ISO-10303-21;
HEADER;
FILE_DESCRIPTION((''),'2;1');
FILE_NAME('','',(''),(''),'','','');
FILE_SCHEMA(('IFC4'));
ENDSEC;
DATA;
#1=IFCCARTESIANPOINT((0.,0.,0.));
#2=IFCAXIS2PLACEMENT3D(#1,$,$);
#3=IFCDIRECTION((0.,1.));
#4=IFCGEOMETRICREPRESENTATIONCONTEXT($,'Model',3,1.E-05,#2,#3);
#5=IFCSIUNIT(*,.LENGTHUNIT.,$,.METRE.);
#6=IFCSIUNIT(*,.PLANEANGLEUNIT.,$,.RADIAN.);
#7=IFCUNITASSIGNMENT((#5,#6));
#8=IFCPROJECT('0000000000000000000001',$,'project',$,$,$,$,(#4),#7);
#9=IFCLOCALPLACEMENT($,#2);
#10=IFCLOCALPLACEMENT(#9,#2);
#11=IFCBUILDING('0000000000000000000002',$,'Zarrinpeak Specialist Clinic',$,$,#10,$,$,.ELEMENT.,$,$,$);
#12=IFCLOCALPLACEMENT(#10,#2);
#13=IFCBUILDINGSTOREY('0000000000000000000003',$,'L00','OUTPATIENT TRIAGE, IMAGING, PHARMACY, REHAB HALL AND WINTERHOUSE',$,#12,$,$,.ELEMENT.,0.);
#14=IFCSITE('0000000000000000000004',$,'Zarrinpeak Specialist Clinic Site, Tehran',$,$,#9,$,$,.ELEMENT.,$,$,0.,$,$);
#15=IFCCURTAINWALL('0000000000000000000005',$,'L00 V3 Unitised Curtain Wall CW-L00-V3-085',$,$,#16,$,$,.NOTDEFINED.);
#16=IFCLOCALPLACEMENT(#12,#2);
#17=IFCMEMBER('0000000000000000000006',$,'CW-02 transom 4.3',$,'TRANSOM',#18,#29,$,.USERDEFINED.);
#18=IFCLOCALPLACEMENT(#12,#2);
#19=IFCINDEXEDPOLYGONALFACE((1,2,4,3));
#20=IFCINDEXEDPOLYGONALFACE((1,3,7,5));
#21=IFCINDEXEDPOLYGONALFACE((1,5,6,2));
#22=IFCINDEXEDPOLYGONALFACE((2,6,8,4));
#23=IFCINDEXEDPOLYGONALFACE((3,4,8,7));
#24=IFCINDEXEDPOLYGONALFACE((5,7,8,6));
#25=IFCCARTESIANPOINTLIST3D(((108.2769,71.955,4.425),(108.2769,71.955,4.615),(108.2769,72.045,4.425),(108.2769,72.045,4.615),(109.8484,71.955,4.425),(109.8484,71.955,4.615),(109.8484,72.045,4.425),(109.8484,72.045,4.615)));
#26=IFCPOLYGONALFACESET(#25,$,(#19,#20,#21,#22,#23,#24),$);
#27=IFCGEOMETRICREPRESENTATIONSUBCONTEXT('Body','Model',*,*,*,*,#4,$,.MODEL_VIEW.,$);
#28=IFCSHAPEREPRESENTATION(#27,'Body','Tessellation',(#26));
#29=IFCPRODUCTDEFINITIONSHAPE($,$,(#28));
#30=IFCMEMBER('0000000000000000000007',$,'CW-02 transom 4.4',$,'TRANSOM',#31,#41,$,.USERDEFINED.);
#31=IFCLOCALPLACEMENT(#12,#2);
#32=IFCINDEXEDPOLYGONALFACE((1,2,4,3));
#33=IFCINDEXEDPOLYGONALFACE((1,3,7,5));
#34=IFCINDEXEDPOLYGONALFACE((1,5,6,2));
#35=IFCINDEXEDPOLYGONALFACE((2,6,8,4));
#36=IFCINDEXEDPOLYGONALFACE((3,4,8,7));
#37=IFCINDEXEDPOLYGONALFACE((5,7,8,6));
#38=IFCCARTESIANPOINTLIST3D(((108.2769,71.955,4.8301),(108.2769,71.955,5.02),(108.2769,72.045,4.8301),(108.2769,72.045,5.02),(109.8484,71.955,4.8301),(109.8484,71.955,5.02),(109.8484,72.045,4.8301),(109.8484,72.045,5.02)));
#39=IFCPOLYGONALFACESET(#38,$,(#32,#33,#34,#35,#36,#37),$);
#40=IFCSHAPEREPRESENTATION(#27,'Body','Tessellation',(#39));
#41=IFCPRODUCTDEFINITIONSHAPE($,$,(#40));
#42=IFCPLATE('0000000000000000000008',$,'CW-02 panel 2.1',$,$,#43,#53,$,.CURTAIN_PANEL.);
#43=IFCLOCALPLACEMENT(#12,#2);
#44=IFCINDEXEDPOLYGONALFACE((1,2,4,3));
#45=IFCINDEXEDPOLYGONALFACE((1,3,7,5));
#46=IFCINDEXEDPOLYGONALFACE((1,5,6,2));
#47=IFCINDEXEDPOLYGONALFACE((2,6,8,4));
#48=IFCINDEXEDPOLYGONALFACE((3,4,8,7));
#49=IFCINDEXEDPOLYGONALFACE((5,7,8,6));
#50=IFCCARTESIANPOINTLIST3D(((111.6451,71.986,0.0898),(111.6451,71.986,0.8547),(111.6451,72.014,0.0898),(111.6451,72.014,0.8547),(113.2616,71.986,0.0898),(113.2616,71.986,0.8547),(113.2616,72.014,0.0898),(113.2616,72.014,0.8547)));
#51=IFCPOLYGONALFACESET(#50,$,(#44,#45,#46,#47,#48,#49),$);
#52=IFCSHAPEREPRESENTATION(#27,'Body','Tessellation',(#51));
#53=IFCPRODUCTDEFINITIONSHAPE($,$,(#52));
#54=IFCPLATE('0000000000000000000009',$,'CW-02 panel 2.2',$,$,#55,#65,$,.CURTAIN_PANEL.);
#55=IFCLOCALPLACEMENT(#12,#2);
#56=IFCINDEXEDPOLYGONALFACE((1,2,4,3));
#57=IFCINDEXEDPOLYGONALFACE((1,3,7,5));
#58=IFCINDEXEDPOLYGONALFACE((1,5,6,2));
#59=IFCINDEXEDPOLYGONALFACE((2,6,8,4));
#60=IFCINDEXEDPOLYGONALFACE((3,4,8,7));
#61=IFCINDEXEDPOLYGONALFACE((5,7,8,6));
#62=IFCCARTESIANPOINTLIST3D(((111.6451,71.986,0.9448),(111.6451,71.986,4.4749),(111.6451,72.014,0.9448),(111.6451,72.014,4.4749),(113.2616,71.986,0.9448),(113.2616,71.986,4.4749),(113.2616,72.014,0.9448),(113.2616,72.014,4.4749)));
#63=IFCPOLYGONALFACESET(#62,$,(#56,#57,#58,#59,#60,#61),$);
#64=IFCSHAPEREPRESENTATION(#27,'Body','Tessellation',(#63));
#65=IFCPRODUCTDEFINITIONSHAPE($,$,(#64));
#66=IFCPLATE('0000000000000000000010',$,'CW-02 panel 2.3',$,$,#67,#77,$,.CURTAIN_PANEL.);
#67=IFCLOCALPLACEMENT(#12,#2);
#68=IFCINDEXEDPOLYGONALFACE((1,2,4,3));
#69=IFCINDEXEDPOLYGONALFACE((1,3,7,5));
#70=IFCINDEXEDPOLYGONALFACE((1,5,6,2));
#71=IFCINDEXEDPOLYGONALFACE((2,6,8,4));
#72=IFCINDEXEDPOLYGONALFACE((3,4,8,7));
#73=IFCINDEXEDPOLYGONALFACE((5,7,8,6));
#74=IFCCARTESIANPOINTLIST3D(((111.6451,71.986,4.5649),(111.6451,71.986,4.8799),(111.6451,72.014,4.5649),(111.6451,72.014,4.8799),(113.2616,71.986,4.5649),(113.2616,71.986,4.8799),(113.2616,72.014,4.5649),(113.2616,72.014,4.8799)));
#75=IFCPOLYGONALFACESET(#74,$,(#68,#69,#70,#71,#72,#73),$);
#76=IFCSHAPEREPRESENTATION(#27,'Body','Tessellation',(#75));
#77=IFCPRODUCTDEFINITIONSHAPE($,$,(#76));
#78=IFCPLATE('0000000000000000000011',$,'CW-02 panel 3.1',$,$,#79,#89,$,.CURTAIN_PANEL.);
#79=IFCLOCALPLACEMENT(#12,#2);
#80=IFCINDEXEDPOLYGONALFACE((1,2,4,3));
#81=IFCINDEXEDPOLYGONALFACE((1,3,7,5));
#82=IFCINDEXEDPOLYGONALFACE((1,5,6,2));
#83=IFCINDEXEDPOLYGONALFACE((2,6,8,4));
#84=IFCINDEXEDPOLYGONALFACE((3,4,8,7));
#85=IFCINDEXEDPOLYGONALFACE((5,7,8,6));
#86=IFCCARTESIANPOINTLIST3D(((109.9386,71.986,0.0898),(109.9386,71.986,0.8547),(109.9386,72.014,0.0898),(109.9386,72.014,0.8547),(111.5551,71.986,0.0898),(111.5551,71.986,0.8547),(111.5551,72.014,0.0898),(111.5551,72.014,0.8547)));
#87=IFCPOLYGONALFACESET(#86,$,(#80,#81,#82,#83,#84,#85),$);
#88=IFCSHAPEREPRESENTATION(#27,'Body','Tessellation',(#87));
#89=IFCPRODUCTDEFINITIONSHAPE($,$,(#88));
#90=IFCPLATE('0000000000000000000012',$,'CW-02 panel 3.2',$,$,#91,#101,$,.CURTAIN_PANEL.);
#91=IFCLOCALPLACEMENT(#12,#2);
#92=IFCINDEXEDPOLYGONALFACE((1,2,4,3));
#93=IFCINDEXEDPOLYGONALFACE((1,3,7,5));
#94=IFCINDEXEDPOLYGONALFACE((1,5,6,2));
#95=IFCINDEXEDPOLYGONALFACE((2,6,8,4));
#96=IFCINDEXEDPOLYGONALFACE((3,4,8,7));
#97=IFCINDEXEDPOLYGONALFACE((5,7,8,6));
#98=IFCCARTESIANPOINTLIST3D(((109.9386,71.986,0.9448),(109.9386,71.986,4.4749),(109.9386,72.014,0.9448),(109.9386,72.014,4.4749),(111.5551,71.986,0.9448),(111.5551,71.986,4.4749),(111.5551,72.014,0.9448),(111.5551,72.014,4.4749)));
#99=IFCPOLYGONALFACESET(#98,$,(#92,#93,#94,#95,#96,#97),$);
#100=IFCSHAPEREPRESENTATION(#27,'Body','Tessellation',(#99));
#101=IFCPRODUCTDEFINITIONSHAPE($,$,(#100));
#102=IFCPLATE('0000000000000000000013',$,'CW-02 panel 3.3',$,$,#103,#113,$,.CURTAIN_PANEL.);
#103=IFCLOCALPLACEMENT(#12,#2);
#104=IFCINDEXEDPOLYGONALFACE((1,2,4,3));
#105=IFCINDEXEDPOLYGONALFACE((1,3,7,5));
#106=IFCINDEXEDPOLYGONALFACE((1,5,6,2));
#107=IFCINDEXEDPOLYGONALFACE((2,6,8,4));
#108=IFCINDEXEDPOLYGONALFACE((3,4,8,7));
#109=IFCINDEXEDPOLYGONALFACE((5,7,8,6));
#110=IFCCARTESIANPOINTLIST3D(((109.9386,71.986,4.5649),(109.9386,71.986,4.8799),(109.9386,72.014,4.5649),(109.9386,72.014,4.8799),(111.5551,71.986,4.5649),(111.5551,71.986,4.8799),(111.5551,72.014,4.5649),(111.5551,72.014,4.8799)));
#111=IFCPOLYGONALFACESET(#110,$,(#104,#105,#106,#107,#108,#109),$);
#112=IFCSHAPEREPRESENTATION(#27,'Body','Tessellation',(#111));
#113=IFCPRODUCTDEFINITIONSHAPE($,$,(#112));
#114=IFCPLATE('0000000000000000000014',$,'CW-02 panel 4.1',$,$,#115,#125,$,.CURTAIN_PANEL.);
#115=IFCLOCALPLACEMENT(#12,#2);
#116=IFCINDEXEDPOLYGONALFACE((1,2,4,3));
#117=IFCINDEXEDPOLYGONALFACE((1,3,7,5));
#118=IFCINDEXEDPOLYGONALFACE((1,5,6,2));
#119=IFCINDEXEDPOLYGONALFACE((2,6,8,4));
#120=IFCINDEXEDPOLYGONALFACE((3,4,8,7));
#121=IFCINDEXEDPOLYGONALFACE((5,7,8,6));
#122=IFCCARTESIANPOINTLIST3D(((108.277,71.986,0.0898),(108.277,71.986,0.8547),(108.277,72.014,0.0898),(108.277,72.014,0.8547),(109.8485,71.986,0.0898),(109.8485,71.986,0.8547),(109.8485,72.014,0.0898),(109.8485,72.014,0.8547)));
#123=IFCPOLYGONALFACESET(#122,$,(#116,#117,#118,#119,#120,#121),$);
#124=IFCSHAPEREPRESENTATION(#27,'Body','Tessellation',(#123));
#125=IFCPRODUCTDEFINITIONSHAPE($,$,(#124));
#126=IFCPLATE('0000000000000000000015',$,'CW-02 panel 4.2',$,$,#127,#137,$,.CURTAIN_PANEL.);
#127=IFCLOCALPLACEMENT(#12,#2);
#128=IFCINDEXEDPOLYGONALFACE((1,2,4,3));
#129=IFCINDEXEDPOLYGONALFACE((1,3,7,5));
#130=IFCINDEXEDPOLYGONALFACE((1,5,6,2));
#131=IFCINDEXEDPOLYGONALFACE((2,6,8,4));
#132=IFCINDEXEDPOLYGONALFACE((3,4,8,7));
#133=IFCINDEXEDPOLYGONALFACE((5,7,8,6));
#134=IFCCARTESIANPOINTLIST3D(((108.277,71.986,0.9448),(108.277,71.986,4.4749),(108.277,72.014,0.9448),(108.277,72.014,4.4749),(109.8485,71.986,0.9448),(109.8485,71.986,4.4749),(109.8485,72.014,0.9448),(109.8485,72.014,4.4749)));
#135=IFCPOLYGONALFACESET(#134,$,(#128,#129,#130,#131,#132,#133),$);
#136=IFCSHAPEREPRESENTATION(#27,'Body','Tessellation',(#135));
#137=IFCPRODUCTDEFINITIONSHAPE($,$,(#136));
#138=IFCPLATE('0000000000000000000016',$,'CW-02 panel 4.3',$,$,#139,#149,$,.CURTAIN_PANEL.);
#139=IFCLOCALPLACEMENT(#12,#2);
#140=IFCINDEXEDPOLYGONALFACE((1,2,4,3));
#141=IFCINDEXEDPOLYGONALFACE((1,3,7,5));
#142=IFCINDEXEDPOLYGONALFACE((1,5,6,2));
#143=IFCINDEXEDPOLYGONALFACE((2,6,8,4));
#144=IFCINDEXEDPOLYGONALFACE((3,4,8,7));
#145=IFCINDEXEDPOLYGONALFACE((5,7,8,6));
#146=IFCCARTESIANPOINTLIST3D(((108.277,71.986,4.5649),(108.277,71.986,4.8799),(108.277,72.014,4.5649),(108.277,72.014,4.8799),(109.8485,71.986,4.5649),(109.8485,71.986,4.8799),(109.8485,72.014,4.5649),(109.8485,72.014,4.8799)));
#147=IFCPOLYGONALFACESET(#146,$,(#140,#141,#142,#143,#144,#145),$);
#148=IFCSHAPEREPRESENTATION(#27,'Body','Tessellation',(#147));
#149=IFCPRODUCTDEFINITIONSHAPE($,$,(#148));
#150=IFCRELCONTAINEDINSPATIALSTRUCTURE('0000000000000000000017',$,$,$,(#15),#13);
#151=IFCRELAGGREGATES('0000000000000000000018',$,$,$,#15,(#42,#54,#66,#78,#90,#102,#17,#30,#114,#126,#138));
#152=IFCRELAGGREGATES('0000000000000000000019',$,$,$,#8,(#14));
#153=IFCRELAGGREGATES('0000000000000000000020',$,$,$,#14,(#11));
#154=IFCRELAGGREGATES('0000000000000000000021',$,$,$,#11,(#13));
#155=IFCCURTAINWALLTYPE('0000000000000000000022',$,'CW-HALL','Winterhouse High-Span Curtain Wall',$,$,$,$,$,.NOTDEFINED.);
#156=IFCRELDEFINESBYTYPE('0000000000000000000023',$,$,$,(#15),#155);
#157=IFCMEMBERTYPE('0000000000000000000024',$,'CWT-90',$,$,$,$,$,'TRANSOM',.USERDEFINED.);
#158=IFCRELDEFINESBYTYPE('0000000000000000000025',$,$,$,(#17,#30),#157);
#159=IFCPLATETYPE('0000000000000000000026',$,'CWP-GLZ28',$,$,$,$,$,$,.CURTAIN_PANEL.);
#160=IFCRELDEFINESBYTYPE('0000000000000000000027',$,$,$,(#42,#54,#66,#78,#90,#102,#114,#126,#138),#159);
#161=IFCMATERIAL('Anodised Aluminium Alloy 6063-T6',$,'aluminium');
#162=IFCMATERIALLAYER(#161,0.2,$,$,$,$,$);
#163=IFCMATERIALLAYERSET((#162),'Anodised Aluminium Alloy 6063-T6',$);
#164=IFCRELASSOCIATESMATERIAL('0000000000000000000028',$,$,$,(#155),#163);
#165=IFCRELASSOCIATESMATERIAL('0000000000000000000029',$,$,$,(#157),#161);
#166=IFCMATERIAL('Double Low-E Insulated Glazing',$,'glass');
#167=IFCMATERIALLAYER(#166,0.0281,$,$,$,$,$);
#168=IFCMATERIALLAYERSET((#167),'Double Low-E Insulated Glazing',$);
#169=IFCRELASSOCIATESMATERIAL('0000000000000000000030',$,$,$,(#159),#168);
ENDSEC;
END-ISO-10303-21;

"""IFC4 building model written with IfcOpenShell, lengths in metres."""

from ifc_helpers import new_model, si_unit, direction, frame, origin, origin_2d, place, context, subcontext, project, spatial, rectangle, extrude, material, layer, layer_set, material_profile, profile_set, type_object, element, aggregate, save


model = new_model("IFC4")

# Units and contexts
model_context = context("Model", 3, precision=1e-05, world=origin(), true_north=direction((0.0, 1.0)))
body_context = subcontext(model_context, "Body", "Model", "MODEL_VIEW")
ifc_project = project(units=[si_unit("LENGTHUNIT", "METRE"), si_unit("PLANEANGLEUNIT", "RADIAN")], contexts=[model_context])

# Site, building, storey
site_placement = place(None, origin())
site = spatial("IfcSite", under=ifc_project, at=site_placement, Name="Zarrinpeak Specialist Clinic Site, Tehran", CompositionType="ELEMENT", RefElevation=0.0)
building_placement = place(site_placement, origin())
building = spatial("IfcBuilding", under=site, at=building_placement, Name="Zarrinpeak Specialist Clinic", CompositionType="ELEMENT")
storey_placement = place(building_placement, origin())
storey = spatial("IfcBuildingStorey", under=building, at=storey_placement, Name="L00", Description="OUTPATIENT TRIAGE, IMAGING, PHARMACY, REHAB HALL AND WINTERHOUSE", CompositionType="ELEMENT", Elevation=0.0)

# Curtain wall, members, plates
ifc_material_1 = material(Name="Anodised Aluminium Alloy 6063-T6", Category="aluminium")
ifc_layer_1 = layer(ifc_material_1, 0.2)
ifc_layer_set_1 = layer_set([ifc_layer_1], Name="Anodised Aluminium Alloy 6063-T6")
curtain_wall_type = type_object("IfcCurtainWallType", Name="CW-HALL", Description="Winterhouse High-Span Curtain Wall", PredefinedType="NOTDEFINED", material=ifc_layer_set_1)
curtain_wall_placement = place(storey_placement, origin())
curtain_wall = element("IfcCurtainWall", 1, at=curtain_wall_placement, inside=storey, type_object=curtain_wall_type, Name="L00 V3 Unitised Curtain Wall CW-L00-V3-085", PredefinedType="NOTDEFINED")
ifc_material_profile_1 = material_profile(ifc_material_1, rectangle(XDim=0.0901, YDim=0.1899, at=origin_2d()), Name="ALU 90x190")
ifc_profile_set_1 = profile_set([ifc_material_profile_1], Name="Anodised Aluminium Alloy 6063-T6")
member_type_1 = type_object("IfcMemberType", Name="CWT-90", ElementType="TRANSOM", PredefinedType="USERDEFINED", material=ifc_profile_set_1)
member_1_placement = place(storey_placement, frame((109.8484, 72.0, 4.52), z_axis=(-1.0, 0.0, 0.0), x_axis=(0.0, -1.0, 0.0)))
member_1 = element("IfcMember", 2, at=member_1_placement, type_object=member_type_1, Name="CW-02 transom 4.3", ObjectType="TRANSOM", PredefinedType="USERDEFINED", context=body_context, shape_type="SweptSolid", body=[
    extrude(rectangle(XDim=0.0901, YDim=0.1899, at=origin_2d()), origin(), (0.0, 0.0, 1.0), 1.5715),
])
member_2_placement = place(storey_placement, frame((109.8484, 72.0, 4.925), z_axis=(-1.0, 0.0, 0.0), x_axis=(0.0, -1.0, 0.0)))
member_2 = element("IfcMember", 3, at=member_2_placement, type_object=member_type_1, Name="CW-02 transom 4.4", ObjectType="TRANSOM", PredefinedType="USERDEFINED", context=body_context, shape_type="SweptSolid", body=[
    extrude(rectangle(XDim=0.0901, YDim=0.1899, at=origin_2d()), origin(), (0.0, 0.0, 1.0), 1.5715),
])
ifc_material_2 = material(Name="Double Low-E Insulated Glazing", Category="glass")
ifc_layer_2 = layer(ifc_material_2, 0.0281)
ifc_layer_set_2 = layer_set([ifc_layer_2], Name="Double Low-E Insulated Glazing")
plate_type = type_object("IfcPlateType", Name="CWP-GLZ28", PredefinedType="CURTAIN_PANEL", material=ifc_layer_set_2)
plate_1_placement = place(storey_placement, frame((112.4534, 72.0, 0.0898), z_axis=(0.0, 0.0, 1.0), x_axis=(-1.0, 0.0, 0.0)))
plate_1 = element("IfcPlate", 4, at=plate_1_placement, type_object=plate_type, Name="CW-02 panel 2.1", PredefinedType="CURTAIN_PANEL", context=body_context, shape_type="SweptSolid", body=[
    extrude(rectangle(XDim=1.6165, YDim=0.0281, at=origin_2d()), origin(), (0.0, 0.0, 1.0), 0.7649),
])
plate_2_placement = place(storey_placement, frame((112.4534, 72.0, 0.9448), z_axis=(0.0, 0.0, 1.0), x_axis=(-1.0, 0.0, 0.0)))
plate_2 = element("IfcPlate", 5, at=plate_2_placement, type_object=plate_type, Name="CW-02 panel 2.2", PredefinedType="CURTAIN_PANEL", context=body_context, shape_type="SweptSolid", body=[
    extrude(rectangle(XDim=1.6165, YDim=0.0281, at=origin_2d()), origin(), (0.0, 0.0, 1.0), 3.53),
])
plate_3_placement = place(storey_placement, frame((112.4534, 72.0, 4.5649), z_axis=(0.0, 0.0, 1.0), x_axis=(-1.0, 0.0, 0.0)))
plate_3 = element("IfcPlate", 6, at=plate_3_placement, type_object=plate_type, Name="CW-02 panel 2.3", PredefinedType="CURTAIN_PANEL", context=body_context, shape_type="SweptSolid", body=[
    extrude(rectangle(XDim=1.6165, YDim=0.0281, at=origin_2d()), origin(), (0.0, 0.0, 1.0), 0.3149),
])
plate_4_placement = place(storey_placement, frame((110.7468, 72.0, 0.0898), z_axis=(0.0, 0.0, 1.0), x_axis=(-1.0, 0.0, 0.0)))
plate_4 = element("IfcPlate", 7, at=plate_4_placement, type_object=plate_type, Name="CW-02 panel 3.1", PredefinedType="CURTAIN_PANEL", context=body_context, shape_type="SweptSolid", body=[
    extrude(rectangle(XDim=1.6165, YDim=0.0281, at=origin_2d()), origin(), (0.0, 0.0, 1.0), 0.7649),
])
plate_5_placement = place(storey_placement, frame((110.7468, 72.0, 0.9448), z_axis=(0.0, 0.0, 1.0), x_axis=(-1.0, 0.0, 0.0)))
plate_5 = element("IfcPlate", 8, at=plate_5_placement, type_object=plate_type, Name="CW-02 panel 3.2", PredefinedType="CURTAIN_PANEL", context=body_context, shape_type="SweptSolid", body=[
    extrude(rectangle(XDim=1.6165, YDim=0.0281, at=origin_2d()), origin(), (0.0, 0.0, 1.0), 3.53),
])
plate_6_placement = place(storey_placement, frame((110.7468, 72.0, 4.5649), z_axis=(0.0, 0.0, 1.0), x_axis=(-1.0, 0.0, 0.0)))
plate_6 = element("IfcPlate", 9, at=plate_6_placement, type_object=plate_type, Name="CW-02 panel 3.3", PredefinedType="CURTAIN_PANEL", context=body_context, shape_type="SweptSolid", body=[
    extrude(rectangle(XDim=1.6165, YDim=0.0281, at=origin_2d()), origin(), (0.0, 0.0, 1.0), 0.3149),
])
plate_7_placement = place(storey_placement, frame((109.0627, 72.0, 0.0898), z_axis=(0.0, 0.0, 1.0), x_axis=(-1.0, 0.0, 0.0)))
plate_7 = element("IfcPlate", 10, at=plate_7_placement, type_object=plate_type, Name="CW-02 panel 4.1", PredefinedType="CURTAIN_PANEL", context=body_context, shape_type="SweptSolid", body=[
    extrude(rectangle(XDim=1.5715, YDim=0.0281, at=origin_2d()), origin(), (0.0, 0.0, 1.0), 0.7649),
])
plate_8_placement = place(storey_placement, frame((109.0627, 72.0, 0.9448), z_axis=(0.0, 0.0, 1.0), x_axis=(-1.0, 0.0, 0.0)))
plate_8 = element("IfcPlate", 11, at=plate_8_placement, type_object=plate_type, Name="CW-02 panel 4.2", PredefinedType="CURTAIN_PANEL", context=body_context, shape_type="SweptSolid", body=[
    extrude(rectangle(XDim=1.5715, YDim=0.0281, at=origin_2d()), origin(), (0.0, 0.0, 1.0), 3.53),
])
plate_9_placement = place(storey_placement, frame((109.0627, 72.0, 4.5649), z_axis=(0.0, 0.0, 1.0), x_axis=(-1.0, 0.0, 0.0)))
plate_9 = element("IfcPlate", 12, at=plate_9_placement, type_object=plate_type, Name="CW-02 panel 4.3", PredefinedType="CURTAIN_PANEL", context=body_context, shape_type="SweptSolid", body=[
    extrude(rectangle(XDim=1.5715, YDim=0.0281, at=origin_2d()), origin(), (0.0, 0.0, 1.0), 0.3149),
])
aggregate(curtain_wall, [plate_1, plate_2, plate_3, plate_4, plate_5, plate_6, member_1, member_2, plate_7, plate_8, plate_9])

save(model, "model.ifc")
